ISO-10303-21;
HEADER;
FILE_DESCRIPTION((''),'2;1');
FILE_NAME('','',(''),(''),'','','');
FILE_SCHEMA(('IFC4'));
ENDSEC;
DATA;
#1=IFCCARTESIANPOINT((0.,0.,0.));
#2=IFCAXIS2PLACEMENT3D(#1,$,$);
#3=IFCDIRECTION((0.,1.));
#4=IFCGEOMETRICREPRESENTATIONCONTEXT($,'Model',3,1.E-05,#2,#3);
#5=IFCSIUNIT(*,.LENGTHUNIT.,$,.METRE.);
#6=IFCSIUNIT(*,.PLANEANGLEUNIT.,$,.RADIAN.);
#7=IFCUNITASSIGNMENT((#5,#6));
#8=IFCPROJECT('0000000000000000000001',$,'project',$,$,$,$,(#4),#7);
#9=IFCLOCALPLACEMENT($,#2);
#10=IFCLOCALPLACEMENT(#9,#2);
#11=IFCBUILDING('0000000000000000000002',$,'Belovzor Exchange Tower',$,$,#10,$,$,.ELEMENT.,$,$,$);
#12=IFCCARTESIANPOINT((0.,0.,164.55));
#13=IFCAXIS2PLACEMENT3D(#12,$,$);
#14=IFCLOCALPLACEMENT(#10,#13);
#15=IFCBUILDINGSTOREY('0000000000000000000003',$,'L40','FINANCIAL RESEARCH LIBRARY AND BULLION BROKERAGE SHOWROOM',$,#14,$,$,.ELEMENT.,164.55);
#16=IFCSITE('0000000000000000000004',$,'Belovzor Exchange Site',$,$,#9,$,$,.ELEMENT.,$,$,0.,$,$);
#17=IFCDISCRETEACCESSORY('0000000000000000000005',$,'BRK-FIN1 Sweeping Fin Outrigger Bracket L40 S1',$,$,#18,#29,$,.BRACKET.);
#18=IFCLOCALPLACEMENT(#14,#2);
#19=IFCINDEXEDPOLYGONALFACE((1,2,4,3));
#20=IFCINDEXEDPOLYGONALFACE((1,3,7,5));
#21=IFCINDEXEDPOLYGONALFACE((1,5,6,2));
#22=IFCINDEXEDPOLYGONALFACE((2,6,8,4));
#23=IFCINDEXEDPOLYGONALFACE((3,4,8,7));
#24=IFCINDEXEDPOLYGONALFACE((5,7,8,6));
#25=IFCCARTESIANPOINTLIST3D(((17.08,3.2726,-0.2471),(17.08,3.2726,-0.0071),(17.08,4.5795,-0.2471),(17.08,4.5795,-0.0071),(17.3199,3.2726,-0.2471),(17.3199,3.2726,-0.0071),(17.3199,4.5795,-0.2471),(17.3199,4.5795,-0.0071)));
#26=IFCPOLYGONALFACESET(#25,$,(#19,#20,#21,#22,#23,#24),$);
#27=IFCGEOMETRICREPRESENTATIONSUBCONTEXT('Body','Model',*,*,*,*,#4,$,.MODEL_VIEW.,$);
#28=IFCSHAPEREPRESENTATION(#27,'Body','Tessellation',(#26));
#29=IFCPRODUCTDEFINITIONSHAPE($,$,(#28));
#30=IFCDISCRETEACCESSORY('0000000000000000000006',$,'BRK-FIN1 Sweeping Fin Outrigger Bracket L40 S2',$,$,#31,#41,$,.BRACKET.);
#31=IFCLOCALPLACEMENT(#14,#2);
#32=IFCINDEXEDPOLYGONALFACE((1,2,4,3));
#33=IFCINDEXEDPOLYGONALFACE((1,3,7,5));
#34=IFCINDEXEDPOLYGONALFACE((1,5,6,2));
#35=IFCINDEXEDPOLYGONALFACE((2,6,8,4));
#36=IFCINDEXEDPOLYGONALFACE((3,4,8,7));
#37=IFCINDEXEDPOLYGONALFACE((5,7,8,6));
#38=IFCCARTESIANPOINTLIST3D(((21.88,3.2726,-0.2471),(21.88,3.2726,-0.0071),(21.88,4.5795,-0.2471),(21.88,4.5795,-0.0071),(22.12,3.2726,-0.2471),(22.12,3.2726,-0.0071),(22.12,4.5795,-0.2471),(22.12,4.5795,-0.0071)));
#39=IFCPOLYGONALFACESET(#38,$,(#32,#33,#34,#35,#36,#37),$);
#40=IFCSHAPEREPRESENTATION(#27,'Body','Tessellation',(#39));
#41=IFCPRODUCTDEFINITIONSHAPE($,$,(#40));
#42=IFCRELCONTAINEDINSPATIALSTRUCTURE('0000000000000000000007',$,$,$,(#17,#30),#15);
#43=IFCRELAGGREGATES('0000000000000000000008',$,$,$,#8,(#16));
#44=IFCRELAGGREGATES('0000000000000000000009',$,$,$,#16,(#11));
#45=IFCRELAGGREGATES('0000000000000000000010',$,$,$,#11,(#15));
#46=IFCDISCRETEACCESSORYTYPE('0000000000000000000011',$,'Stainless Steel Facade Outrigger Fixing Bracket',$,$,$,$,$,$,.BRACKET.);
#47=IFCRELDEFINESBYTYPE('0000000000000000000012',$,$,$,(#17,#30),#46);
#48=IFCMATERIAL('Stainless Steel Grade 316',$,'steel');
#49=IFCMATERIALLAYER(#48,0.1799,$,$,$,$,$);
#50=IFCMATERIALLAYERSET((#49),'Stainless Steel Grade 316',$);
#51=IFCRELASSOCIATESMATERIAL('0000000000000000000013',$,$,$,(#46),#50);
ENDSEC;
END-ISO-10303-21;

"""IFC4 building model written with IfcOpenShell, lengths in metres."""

from ifc_helpers import new_model, si_unit, direction, frame, origin, origin_2d, place, context, subcontext, project, spatial, rectangle, extrude, material, layer, layer_set, type_object, element, save


model = new_model("IFC4")

# Units and contexts
model_context = context("Model", 3, precision=1e-05, world=origin(), true_north=direction((0.0, 1.0)))
body_context = subcontext(model_context, "Body", "Model", "MODEL_VIEW")
ifc_project = project(units=[si_unit("LENGTHUNIT", "METRE"), si_unit("PLANEANGLEUNIT", "RADIAN")], contexts=[model_context])

# Site, building, storey
site_placement = place(None, origin())
site = spatial("IfcSite", under=ifc_project, at=site_placement, Name="Belovzor Exchange Site", CompositionType="ELEMENT", RefElevation=0.0)
building_placement = place(site_placement, origin())
building = spatial("IfcBuilding", under=site, at=building_placement, Name="Belovzor Exchange Tower", CompositionType="ELEMENT")
storey_placement = place(building_placement, frame((0.0, 0.0, 164.55)))
storey = spatial("IfcBuildingStorey", under=building, at=storey_placement, Name="L40", Description="FINANCIAL RESEARCH LIBRARY AND BULLION BROKERAGE SHOWROOM", CompositionType="ELEMENT", Elevation=164.55)

# Discrete accessories
ifc_material_1 = material(Name="Stainless Steel Grade 316", Category="steel")
ifc_layer_1 = layer(ifc_material_1, 0.1799)
ifc_layer_set_1 = layer_set([ifc_layer_1], Name="Stainless Steel Grade 316")
discrete_accessory_type = type_object("IfcDiscreteAccessoryType", Name="Stainless Steel Facade Outrigger Fixing Bracket", PredefinedType="BRACKET", material=ifc_layer_set_1)
for number, where, z_axis, x_axis, name in (
    (1, (17.2, 3.926, -0.2471), (0.0, 0.0, 1.0), (0.0, 1.0, 0.0), "BRK-FIN1 Sweeping Fin Outrigger Bracket L40 S1"),
    (2, (22.0, 3.926, -0.2471), (0.0, 0.0, 1.0), (0.0, 1.0, 0.0), "BRK-FIN1 Sweeping Fin Outrigger Bracket L40 S2"),
):
    element("IfcDiscreteAccessory", number, at=place(storey_placement, frame(where, z_axis=z_axis, x_axis=x_axis)), inside=storey, type_object=discrete_accessory_type, Name=name, PredefinedType="BRACKET", context=body_context, shape_type="SweptSolid", body=[
        extrude(rectangle(XDim=1.3069, YDim=0.24, at=origin_2d()), origin(), (0.0, 0.0, 1.0), 0.24),
    ])

save(model, "model.ifc")
